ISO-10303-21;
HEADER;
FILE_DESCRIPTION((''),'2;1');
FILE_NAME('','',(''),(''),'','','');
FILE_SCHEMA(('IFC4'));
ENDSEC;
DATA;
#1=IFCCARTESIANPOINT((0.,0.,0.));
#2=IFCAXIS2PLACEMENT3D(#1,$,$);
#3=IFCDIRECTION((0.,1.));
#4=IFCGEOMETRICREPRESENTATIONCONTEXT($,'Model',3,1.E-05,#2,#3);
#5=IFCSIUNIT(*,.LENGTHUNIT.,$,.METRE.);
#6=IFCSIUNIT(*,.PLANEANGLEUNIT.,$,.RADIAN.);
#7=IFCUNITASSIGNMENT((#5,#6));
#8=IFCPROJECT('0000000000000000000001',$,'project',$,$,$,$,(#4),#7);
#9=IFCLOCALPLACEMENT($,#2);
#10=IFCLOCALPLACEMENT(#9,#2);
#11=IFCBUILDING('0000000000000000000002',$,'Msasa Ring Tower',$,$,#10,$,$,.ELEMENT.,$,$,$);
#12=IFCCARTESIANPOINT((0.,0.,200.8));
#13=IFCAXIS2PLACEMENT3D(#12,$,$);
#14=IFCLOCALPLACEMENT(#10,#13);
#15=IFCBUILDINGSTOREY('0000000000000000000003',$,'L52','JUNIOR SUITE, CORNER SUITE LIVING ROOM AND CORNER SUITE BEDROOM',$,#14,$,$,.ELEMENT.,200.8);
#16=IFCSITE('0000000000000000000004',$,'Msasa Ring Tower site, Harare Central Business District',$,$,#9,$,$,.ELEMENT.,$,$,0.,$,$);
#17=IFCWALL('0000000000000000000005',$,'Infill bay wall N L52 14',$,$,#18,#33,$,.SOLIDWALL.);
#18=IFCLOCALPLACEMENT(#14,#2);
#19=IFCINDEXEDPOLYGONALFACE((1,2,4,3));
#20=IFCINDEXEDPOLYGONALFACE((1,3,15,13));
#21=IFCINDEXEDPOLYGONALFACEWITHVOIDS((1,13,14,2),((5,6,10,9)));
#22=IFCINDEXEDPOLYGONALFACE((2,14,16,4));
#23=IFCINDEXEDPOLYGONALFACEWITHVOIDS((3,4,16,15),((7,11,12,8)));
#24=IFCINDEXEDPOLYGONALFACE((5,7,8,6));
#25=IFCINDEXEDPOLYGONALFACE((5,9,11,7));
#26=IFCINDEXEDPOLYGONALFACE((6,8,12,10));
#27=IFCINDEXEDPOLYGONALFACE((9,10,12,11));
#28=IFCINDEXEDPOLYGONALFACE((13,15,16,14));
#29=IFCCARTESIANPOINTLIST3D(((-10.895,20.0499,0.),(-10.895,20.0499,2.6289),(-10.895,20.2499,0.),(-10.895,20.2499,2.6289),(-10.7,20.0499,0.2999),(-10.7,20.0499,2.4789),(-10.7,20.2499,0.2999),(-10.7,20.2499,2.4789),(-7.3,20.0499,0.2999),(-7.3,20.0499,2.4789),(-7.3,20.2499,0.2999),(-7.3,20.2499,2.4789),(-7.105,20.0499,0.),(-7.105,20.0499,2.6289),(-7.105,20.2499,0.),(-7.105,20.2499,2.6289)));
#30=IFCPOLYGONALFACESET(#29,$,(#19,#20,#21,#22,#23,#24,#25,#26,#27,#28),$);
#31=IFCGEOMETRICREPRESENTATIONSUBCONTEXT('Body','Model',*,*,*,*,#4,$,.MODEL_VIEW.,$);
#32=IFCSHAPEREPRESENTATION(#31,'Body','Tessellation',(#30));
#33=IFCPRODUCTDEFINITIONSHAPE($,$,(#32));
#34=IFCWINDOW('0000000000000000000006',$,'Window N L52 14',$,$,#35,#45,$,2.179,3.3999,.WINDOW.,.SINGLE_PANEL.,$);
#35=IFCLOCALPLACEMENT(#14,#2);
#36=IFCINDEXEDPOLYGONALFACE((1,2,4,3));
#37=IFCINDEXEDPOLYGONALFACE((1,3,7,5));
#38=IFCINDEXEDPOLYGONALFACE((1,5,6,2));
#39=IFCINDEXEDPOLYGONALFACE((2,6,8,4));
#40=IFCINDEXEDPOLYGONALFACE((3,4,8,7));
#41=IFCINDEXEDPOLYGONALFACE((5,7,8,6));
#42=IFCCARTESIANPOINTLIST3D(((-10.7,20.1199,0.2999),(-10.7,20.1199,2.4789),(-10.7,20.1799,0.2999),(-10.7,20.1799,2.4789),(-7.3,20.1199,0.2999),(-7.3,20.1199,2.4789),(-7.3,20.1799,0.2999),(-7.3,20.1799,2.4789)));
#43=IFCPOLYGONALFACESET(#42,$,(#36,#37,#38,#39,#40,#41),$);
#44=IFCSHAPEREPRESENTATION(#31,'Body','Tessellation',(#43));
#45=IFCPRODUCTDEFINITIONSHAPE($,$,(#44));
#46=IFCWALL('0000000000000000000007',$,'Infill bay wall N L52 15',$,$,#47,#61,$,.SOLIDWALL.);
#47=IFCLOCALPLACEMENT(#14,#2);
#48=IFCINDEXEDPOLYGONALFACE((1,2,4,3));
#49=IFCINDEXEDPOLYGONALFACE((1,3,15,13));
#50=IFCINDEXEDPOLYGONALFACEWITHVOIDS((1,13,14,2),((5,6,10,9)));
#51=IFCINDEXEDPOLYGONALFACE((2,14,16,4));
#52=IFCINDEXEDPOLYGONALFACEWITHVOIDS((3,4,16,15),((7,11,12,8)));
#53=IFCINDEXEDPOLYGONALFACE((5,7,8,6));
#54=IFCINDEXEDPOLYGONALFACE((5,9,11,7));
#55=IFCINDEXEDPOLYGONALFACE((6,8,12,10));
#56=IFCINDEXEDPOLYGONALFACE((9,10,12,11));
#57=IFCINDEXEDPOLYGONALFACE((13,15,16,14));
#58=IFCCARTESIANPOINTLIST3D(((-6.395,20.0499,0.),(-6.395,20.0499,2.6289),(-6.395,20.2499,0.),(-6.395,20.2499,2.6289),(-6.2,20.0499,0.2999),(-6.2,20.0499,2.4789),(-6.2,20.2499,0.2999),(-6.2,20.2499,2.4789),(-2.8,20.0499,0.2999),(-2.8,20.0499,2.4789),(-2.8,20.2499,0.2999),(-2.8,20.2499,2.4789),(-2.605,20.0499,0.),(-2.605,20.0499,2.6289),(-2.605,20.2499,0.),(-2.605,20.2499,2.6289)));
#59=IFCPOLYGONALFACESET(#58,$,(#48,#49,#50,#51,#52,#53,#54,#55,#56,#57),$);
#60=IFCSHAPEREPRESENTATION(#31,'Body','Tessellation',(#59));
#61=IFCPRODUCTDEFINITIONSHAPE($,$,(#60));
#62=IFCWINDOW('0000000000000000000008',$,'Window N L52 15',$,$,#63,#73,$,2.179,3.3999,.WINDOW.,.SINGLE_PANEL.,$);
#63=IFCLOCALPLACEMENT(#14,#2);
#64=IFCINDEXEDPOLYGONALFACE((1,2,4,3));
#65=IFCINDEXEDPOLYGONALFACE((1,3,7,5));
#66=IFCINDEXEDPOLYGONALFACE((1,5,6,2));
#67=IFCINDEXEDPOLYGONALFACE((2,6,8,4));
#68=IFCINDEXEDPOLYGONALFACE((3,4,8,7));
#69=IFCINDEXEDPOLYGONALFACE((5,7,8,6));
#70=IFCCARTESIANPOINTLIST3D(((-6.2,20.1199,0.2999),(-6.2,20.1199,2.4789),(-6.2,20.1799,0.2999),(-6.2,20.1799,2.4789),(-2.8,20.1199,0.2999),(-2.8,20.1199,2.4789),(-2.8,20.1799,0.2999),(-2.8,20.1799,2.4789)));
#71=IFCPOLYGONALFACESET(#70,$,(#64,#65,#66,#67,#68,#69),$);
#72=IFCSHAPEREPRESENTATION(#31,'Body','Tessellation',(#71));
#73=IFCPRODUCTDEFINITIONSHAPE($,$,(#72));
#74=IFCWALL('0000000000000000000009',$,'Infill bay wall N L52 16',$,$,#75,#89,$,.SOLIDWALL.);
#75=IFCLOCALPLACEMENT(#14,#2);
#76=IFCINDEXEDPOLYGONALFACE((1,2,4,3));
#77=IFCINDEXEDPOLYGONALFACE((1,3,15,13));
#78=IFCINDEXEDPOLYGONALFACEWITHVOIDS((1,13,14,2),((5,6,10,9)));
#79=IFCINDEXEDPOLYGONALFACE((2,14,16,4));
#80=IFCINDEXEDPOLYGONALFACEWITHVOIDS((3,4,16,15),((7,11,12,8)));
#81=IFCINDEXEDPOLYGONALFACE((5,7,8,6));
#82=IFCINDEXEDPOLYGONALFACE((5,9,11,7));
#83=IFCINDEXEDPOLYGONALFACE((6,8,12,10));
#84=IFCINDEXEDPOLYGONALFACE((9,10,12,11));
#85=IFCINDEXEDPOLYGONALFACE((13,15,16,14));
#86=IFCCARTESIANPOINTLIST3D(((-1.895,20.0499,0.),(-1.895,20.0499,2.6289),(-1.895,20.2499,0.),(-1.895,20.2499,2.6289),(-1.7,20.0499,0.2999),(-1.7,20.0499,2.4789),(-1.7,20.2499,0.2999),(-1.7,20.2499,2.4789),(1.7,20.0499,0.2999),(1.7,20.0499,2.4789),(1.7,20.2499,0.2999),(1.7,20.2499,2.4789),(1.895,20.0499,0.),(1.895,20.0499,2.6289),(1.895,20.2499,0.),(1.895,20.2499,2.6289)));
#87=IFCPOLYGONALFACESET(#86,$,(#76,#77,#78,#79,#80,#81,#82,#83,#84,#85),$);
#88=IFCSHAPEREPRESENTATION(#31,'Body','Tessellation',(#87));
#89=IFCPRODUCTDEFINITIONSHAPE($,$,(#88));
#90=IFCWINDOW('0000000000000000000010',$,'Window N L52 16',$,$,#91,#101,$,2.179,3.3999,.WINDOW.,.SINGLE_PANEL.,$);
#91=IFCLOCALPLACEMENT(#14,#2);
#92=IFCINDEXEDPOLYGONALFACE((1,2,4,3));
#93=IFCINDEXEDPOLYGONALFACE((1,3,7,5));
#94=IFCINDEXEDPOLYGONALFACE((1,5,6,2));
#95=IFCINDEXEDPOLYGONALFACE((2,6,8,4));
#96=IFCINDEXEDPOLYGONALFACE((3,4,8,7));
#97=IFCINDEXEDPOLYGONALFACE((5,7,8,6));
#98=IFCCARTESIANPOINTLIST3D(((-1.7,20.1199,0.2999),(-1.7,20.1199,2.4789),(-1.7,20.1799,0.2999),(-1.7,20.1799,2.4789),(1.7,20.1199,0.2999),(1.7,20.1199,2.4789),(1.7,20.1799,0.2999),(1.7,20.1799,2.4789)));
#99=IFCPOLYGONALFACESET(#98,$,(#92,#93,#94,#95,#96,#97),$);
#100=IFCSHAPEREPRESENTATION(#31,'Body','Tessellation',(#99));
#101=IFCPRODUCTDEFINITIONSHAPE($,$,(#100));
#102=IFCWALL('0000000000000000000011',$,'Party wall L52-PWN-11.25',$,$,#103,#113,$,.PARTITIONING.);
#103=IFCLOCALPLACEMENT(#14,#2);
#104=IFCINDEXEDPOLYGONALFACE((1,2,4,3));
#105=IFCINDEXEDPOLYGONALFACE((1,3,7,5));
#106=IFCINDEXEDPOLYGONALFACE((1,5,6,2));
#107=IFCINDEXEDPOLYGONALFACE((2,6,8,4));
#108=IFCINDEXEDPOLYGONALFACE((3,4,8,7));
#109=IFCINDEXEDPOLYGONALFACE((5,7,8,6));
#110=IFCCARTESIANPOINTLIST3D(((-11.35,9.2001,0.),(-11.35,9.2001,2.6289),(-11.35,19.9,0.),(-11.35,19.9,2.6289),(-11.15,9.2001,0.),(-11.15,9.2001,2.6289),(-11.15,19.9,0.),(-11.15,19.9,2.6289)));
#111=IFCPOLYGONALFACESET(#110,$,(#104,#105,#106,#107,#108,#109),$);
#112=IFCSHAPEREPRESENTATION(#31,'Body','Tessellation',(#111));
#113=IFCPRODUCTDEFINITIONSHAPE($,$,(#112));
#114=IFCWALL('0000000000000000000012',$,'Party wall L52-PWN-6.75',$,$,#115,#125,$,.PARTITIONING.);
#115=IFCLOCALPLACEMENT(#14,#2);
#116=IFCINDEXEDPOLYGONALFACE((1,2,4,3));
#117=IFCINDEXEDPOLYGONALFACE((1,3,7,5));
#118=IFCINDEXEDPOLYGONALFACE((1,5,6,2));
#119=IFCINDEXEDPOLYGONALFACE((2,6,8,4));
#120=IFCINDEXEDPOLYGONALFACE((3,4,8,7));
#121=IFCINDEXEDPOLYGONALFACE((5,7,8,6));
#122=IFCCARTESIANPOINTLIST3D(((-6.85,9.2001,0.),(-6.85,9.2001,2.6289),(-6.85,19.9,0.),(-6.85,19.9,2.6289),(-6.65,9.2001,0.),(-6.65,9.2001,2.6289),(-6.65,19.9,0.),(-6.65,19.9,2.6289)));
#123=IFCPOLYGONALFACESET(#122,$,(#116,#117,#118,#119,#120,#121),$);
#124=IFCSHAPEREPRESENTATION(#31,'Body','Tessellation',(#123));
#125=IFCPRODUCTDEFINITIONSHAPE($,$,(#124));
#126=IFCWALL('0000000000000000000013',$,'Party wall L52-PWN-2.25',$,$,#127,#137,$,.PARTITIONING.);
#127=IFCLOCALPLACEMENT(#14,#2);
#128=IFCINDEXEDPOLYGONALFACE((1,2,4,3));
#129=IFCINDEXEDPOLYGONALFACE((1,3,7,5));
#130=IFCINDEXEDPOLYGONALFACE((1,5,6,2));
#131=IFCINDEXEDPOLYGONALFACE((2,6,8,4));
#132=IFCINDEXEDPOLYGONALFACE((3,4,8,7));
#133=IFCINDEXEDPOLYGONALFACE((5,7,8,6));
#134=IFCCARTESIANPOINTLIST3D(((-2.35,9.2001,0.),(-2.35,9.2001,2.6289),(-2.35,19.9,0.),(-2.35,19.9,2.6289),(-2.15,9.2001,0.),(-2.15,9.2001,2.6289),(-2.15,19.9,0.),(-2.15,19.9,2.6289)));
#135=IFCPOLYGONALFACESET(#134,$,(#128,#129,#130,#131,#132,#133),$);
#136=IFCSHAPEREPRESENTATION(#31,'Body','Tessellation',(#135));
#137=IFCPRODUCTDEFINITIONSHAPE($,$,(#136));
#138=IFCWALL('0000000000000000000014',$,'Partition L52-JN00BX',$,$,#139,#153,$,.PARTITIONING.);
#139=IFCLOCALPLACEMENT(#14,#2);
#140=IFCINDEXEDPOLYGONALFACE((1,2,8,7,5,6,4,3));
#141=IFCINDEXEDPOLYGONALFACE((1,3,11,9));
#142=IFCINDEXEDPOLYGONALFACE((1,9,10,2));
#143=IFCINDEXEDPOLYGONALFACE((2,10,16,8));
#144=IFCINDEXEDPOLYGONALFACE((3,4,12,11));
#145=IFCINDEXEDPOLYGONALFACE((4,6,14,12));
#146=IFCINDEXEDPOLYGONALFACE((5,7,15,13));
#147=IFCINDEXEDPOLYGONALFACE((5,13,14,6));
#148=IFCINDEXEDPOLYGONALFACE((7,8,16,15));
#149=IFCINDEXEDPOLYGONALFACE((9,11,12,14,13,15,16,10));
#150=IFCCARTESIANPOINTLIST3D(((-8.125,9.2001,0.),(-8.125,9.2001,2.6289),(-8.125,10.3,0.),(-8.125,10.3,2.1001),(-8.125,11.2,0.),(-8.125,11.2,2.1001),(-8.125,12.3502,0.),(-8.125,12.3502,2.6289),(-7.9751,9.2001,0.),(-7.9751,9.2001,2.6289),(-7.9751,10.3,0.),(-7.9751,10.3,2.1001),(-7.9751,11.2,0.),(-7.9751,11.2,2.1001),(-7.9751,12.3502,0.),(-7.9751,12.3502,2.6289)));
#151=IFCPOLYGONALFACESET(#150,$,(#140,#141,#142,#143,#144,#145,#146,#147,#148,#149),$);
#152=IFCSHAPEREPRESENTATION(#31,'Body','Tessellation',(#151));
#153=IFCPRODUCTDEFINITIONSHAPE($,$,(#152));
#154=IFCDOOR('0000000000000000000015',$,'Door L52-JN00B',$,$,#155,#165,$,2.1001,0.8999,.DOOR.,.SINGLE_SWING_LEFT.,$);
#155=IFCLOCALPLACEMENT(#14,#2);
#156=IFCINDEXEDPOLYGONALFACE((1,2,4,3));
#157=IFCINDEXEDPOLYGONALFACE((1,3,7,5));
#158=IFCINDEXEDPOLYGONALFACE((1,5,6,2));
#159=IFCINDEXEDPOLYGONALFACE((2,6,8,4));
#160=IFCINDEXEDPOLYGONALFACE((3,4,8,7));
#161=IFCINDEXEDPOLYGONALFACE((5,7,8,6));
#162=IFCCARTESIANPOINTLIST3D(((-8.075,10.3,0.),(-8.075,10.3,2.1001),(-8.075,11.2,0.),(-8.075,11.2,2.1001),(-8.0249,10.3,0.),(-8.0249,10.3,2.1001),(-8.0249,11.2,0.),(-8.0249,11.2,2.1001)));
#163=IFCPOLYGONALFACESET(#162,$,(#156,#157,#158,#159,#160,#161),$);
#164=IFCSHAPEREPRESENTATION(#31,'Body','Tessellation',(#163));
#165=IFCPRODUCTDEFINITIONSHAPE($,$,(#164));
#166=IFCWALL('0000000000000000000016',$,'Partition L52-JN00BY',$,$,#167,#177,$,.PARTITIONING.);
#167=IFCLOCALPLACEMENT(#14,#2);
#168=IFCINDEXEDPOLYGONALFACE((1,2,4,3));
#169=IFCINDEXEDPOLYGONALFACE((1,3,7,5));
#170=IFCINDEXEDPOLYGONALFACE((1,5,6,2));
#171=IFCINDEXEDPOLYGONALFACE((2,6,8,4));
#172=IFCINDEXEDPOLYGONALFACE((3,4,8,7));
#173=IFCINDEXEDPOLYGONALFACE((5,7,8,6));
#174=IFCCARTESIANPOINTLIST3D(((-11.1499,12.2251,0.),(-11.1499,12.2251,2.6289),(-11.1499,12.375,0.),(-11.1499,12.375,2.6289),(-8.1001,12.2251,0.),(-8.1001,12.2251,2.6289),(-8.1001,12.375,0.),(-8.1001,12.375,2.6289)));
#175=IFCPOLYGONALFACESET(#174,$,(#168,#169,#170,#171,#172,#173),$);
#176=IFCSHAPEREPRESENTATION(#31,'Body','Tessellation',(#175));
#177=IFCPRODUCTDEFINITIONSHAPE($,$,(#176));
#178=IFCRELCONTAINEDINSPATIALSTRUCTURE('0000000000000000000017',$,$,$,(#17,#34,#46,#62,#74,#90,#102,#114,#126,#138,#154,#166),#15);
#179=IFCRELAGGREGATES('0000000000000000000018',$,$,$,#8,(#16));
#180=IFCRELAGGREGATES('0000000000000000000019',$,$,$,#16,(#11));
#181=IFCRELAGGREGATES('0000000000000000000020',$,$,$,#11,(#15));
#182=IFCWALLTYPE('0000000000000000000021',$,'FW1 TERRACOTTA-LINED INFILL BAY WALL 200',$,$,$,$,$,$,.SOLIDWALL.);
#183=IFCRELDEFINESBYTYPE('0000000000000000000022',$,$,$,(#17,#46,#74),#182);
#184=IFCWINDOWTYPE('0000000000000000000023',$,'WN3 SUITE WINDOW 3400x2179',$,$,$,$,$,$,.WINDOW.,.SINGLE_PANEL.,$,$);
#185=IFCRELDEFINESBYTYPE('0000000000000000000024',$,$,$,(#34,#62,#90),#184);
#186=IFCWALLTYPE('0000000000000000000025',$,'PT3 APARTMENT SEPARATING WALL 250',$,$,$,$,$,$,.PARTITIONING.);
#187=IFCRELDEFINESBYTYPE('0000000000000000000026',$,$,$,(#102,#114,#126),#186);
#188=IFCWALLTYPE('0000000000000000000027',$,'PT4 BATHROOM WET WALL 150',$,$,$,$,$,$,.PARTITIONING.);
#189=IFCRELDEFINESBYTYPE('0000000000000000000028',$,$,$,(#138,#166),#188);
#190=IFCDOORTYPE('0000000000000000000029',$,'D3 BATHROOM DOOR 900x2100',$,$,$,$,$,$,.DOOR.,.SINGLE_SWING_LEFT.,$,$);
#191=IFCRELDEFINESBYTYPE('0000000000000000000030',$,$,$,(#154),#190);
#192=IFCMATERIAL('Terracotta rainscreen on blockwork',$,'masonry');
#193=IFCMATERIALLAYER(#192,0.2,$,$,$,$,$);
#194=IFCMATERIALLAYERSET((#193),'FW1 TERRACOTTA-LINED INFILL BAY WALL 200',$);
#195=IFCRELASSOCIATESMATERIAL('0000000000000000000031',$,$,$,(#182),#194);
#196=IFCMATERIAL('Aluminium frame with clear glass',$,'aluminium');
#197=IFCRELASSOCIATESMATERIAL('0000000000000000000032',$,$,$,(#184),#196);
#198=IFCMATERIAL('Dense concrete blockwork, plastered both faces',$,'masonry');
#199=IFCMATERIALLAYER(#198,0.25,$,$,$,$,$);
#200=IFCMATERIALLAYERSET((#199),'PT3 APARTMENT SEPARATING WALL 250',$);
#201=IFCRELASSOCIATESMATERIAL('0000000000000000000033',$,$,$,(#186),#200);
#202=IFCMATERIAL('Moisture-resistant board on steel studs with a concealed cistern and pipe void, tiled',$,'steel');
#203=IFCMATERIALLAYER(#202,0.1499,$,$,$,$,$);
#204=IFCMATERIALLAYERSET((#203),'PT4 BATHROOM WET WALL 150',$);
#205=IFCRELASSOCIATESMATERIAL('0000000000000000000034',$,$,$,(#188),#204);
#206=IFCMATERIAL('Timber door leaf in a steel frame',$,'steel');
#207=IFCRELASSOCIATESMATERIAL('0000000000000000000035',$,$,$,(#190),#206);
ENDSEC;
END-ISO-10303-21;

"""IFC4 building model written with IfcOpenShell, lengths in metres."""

from ifc_helpers import new_model, si_unit, direction, frame, frame_2d, origin, place, context, subcontext, project, spatial, rectangle, extrude, material, layer, layer_set, type_object, element, fill, save


model = new_model("IFC4")

# Units and contexts
model_context = context("Model", 3, precision=1e-05, world=origin(), true_north=direction((0.0, 1.0)))
body_context = subcontext(model_context, "Body", "Model", "MODEL_VIEW")
ifc_project = project(units=[si_unit("LENGTHUNIT", "METRE"), si_unit("PLANEANGLEUNIT", "RADIAN")], contexts=[model_context])

# Site, building, storey
site_placement = place(None, origin())
site = spatial("IfcSite", under=ifc_project, at=site_placement, Name="Msasa Ring Tower site, Harare Central Business District", CompositionType="ELEMENT", RefElevation=0.0)
building_placement = place(site_placement, origin())
building = spatial("IfcBuilding", under=site, at=building_placement, Name="Msasa Ring Tower", CompositionType="ELEMENT")
storey_placement = place(building_placement, frame((0.0, 0.0, 200.8)))
storey = spatial("IfcBuildingStorey", under=building, at=storey_placement, Name="L52", Description="JUNIOR SUITE, CORNER SUITE LIVING ROOM AND CORNER SUITE BEDROOM", CompositionType="ELEMENT", Elevation=200.8)

# Walls, openings, windows
ifc_material_1 = material(Name="Terracotta rainscreen on blockwork", Category="masonry")
ifc_layer_1 = layer(ifc_material_1, 0.2)
ifc_layer_set_1 = layer_set([ifc_layer_1], Name="FW1 TERRACOTTA-LINED INFILL BAY WALL 200")
wall_type_1 = type_object("IfcWallType", Name="FW1 TERRACOTTA-LINED INFILL BAY WALL 200", PredefinedType="SOLIDWALL", material=ifc_layer_set_1)
wall_1_placement = place(storey_placement, frame((-10.895, 20.1499, 0.0), z_axis=(0.0, 0.0, 1.0), x_axis=(1.0, 0.0, 0.0)))
wall_1 = element("IfcWall", 1, at=wall_1_placement, inside=storey, type_object=wall_type_1, Name="Infill bay wall N L52 14", PredefinedType="SOLIDWALL", context=body_context, shape_type="SweptSolid", body=[
    extrude(rectangle(XDim=3.79, YDim=0.2, at=frame_2d((1.895, 0.0))), origin(), (0.0, 0.0, 1.0), 2.6289),
])
opening_1_placement = place(wall_1_placement, frame((0.1951, 0.0, 0.3)))
opening_1 = element("IfcOpeningElement", 2, at=opening_1_placement, cuts=wall_1, PredefinedType="OPENING", context=body_context, shape_type="SweptSolid", body=[
    extrude(rectangle(XDim=3.3999, YDim=2.179, at=frame_2d((1.7, 1.0894))), frame((0.0, 0.1099, 0.0), z_axis=(0.0, -1.0, 0.0), x_axis=(1.0, 0.0, 0.0)), (0.0, 0.0, 1.0), 0.22),
])
ifc_material_2 = material(Name="Aluminium frame with clear glass", Category="aluminium")
window_type = type_object("IfcWindowType", Name="WN3 SUITE WINDOW 3400x2179", PartitioningType="SINGLE_PANEL", PredefinedType="WINDOW", material=ifc_material_2)
window_1_placement = place(opening_1_placement, origin())
window_1 = element("IfcWindow", 3, at=window_1_placement, inside=storey, type_object=window_type, Name="Window N L52 14", OverallHeight=2.179, OverallWidth=3.3999, PartitioningType="SINGLE_PANEL", PredefinedType="WINDOW", context=body_context, shape_type="SweptSolid", body=[
    extrude(rectangle(XDim=3.3999, YDim=2.179, at=frame_2d((1.7, 1.0894))), frame((0.0, 0.03, 0.0), z_axis=(0.0, -1.0, 0.0), x_axis=(1.0, 0.0, 0.0)), (0.0, 0.0, 1.0), 0.0601),
])
fill(opening_1, window_1)
wall_2_placement = place(storey_placement, frame((-6.395, 20.1499, 0.0), z_axis=(0.0, 0.0, 1.0), x_axis=(1.0, 0.0, 0.0)))
wall_2 = element("IfcWall", 4, at=wall_2_placement, inside=storey, type_object=wall_type_1, Name="Infill bay wall N L52 15", PredefinedType="SOLIDWALL", context=body_context, shape_type="SweptSolid", body=[
    extrude(rectangle(XDim=3.79, YDim=0.2, at=frame_2d((1.895, 0.0))), origin(), (0.0, 0.0, 1.0), 2.6289),
])
opening_2_placement = place(wall_2_placement, frame((0.1951, 0.0, 0.3)))
opening_2 = element("IfcOpeningElement", 5, at=opening_2_placement, cuts=wall_2, PredefinedType="OPENING", context=body_context, shape_type="SweptSolid", body=[
    extrude(rectangle(XDim=3.3999, YDim=2.179, at=frame_2d((1.7, 1.0894))), frame((0.0, 0.1099, 0.0), z_axis=(0.0, -1.0, 0.0), x_axis=(1.0, 0.0, 0.0)), (0.0, 0.0, 1.0), 0.22),
])
window_2_placement = place(opening_2_placement, origin())
window_2 = element("IfcWindow", 6, at=window_2_placement, inside=storey, type_object=window_type, Name="Window N L52 15", OverallHeight=2.179, OverallWidth=3.3999, PartitioningType="SINGLE_PANEL", PredefinedType="WINDOW", context=body_context, shape_type="SweptSolid", body=[
    extrude(rectangle(XDim=3.3999, YDim=2.179, at=frame_2d((1.7, 1.0894))), frame((0.0, 0.03, 0.0), z_axis=(0.0, -1.0, 0.0), x_axis=(1.0, 0.0, 0.0)), (0.0, 0.0, 1.0), 0.0601),
])
fill(opening_2, window_2)
wall_3_placement = place(storey_placement, frame((-1.895, 20.1499, 0.0), z_axis=(0.0, 0.0, 1.0), x_axis=(1.0, 0.0, 0.0)))
wall_3 = element("IfcWall", 7, at=wall_3_placement, inside=storey, type_object=wall_type_1, Name="Infill bay wall N L52 16", PredefinedType="SOLIDWALL", context=body_context, shape_type="SweptSolid", body=[
    extrude(rectangle(XDim=3.79, YDim=0.2, at=frame_2d((1.895, 0.0))), origin(), (0.0, 0.0, 1.0), 2.6289),
])
opening_3_placement = place(wall_3_placement, frame((0.1951, 0.0, 0.3)))
opening_3 = element("IfcOpeningElement", 8, at=opening_3_placement, cuts=wall_3, PredefinedType="OPENING", context=body_context, shape_type="SweptSolid", body=[
    extrude(rectangle(XDim=3.3999, YDim=2.179, at=frame_2d((1.7, 1.0894))), frame((0.0, 0.1099, 0.0), z_axis=(0.0, -1.0, 0.0), x_axis=(1.0, 0.0, 0.0)), (0.0, 0.0, 1.0), 0.22),
])
window_3_placement = place(opening_3_placement, origin())
window_3 = element("IfcWindow", 9, at=window_3_placement, inside=storey, type_object=window_type, Name="Window N L52 16", OverallHeight=2.179, OverallWidth=3.3999, PartitioningType="SINGLE_PANEL", PredefinedType="WINDOW", context=body_context, shape_type="SweptSolid", body=[
    extrude(rectangle(XDim=3.3999, YDim=2.179, at=frame_2d((1.7, 1.0894))), frame((0.0, 0.03, 0.0), z_axis=(0.0, -1.0, 0.0), x_axis=(1.0, 0.0, 0.0)), (0.0, 0.0, 1.0), 0.0601),
])
fill(opening_3, window_3)

# Walls
ifc_material_3 = material(Name="Dense concrete blockwork, plastered both faces", Category="masonry")
ifc_layer_2 = layer(ifc_material_3, 0.25)
ifc_layer_set_2 = layer_set([ifc_layer_2], Name="PT3 APARTMENT SEPARATING WALL 250")
wall_type_2 = type_object("IfcWallType", Name="PT3 APARTMENT SEPARATING WALL 250", PredefinedType="PARTITIONING", material=ifc_layer_set_2)
for number, where, z_axis, x_axis, name in (
    (10, (-11.25, 9.2, 0.0), (0.0, 0.0, 1.0), (0.0, 1.0, 0.0), "Party wall L52-PWN-11.25"),
    (11, (-6.75, 9.2, 0.0), (0.0, 0.0, 1.0), (0.0, 1.0, 0.0), "Party wall L52-PWN-6.75"),
    (12, (-2.25, 9.2, 0.0), (0.0, 0.0, 1.0), (0.0, 1.0, 0.0), "Party wall L52-PWN-2.25"),
):
    element("IfcWall", number, at=place(storey_placement, frame(where, z_axis=z_axis, x_axis=x_axis)), inside=storey, type_object=wall_type_2, Name=name, PredefinedType="PARTITIONING", context=body_context, shape_type="SweptSolid", body=[
        extrude(rectangle(XDim=10.7, YDim=0.2, at=frame_2d((5.3501, 0.0))), origin(), (0.0, 0.0, 1.0), 2.6289),
    ])

# Wall, opening, door
ifc_material_4 = material(Name="Moisture-resistant board on steel studs with a concealed cistern and pipe void, tiled", Category="steel")
ifc_layer_3 = layer(ifc_material_4, 0.1499)
ifc_layer_set_3 = layer_set([ifc_layer_3], Name="PT4 BATHROOM WET WALL 150")
wall_type_3 = type_object("IfcWallType", Name="PT4 BATHROOM WET WALL 150", PredefinedType="PARTITIONING", material=ifc_layer_set_3)
wall_4_placement = place(storey_placement, frame((-8.05, 9.2, 0.0), z_axis=(0.0, 0.0, 1.0), x_axis=(0.0, 1.0, 0.0)))
wall_4 = element("IfcWall", 13, at=wall_4_placement, inside=storey, type_object=wall_type_3, Name="Partition L52-JN00BX", PredefinedType="PARTITIONING", context=body_context, shape_type="SweptSolid", body=[
    extrude(rectangle(XDim=3.1501, YDim=0.1499, at=frame_2d((1.5752, 0.0))), origin(), (0.0, 0.0, 1.0), 2.6289),
])
opening_4_placement = place(wall_4_placement, frame((1.1001, 0.0, 0.0)))
opening_4 = element("IfcOpeningElement", 14, at=opening_4_placement, cuts=wall_4, PredefinedType="OPENING", context=body_context, shape_type="SweptSolid", body=[
    extrude(rectangle(XDim=0.8999, YDim=2.1001, at=frame_2d((0.45, 1.05))), frame((0.0, 0.085, 0.0), z_axis=(0.0, -1.0, 0.0), x_axis=(1.0, 0.0, 0.0)), (0.0, 0.0, 1.0), 0.1699),
])
ifc_material_5 = material(Name="Timber door leaf in a steel frame", Category="steel")
door_type = type_object("IfcDoorType", Name="D3 BATHROOM DOOR 900x2100", OperationType="SINGLE_SWING_LEFT", PredefinedType="DOOR", material=ifc_material_5)
door_1_placement = place(opening_4_placement, origin())
door_1 = element("IfcDoor", 15, at=door_1_placement, inside=storey, type_object=door_type, Name="Door L52-JN00B", OperationType="SINGLE_SWING_LEFT", OverallHeight=2.1001, OverallWidth=0.8999, PredefinedType="DOOR", context=body_context, shape_type="SweptSolid", body=[
    extrude(rectangle(XDim=0.8999, YDim=2.1001, at=frame_2d((0.45, 1.05))), frame((0.0, 0.0249, 0.0), z_axis=(0.0, -1.0, 0.0), x_axis=(1.0, 0.0, 0.0)), (0.0, 0.0, 1.0), 0.05),
])
fill(opening_4, door_1)

# Wall
wall_5_placement = place(storey_placement, frame((-11.1499, 12.3, 0.0), z_axis=(0.0, 0.0, 1.0), x_axis=(1.0, 0.0, 0.0)))
element("IfcWall", 16, at=wall_5_placement, inside=storey, type_object=wall_type_3, Name="Partition L52-JN00BY", PredefinedType="PARTITIONING", context=body_context, shape_type="SweptSolid", body=[
    extrude(rectangle(XDim=3.0498, YDim=0.1499, at=frame_2d((1.5249, 0.0))), origin(), (0.0, 0.0, 1.0), 2.6289),
])

save(model, "model.ifc")
